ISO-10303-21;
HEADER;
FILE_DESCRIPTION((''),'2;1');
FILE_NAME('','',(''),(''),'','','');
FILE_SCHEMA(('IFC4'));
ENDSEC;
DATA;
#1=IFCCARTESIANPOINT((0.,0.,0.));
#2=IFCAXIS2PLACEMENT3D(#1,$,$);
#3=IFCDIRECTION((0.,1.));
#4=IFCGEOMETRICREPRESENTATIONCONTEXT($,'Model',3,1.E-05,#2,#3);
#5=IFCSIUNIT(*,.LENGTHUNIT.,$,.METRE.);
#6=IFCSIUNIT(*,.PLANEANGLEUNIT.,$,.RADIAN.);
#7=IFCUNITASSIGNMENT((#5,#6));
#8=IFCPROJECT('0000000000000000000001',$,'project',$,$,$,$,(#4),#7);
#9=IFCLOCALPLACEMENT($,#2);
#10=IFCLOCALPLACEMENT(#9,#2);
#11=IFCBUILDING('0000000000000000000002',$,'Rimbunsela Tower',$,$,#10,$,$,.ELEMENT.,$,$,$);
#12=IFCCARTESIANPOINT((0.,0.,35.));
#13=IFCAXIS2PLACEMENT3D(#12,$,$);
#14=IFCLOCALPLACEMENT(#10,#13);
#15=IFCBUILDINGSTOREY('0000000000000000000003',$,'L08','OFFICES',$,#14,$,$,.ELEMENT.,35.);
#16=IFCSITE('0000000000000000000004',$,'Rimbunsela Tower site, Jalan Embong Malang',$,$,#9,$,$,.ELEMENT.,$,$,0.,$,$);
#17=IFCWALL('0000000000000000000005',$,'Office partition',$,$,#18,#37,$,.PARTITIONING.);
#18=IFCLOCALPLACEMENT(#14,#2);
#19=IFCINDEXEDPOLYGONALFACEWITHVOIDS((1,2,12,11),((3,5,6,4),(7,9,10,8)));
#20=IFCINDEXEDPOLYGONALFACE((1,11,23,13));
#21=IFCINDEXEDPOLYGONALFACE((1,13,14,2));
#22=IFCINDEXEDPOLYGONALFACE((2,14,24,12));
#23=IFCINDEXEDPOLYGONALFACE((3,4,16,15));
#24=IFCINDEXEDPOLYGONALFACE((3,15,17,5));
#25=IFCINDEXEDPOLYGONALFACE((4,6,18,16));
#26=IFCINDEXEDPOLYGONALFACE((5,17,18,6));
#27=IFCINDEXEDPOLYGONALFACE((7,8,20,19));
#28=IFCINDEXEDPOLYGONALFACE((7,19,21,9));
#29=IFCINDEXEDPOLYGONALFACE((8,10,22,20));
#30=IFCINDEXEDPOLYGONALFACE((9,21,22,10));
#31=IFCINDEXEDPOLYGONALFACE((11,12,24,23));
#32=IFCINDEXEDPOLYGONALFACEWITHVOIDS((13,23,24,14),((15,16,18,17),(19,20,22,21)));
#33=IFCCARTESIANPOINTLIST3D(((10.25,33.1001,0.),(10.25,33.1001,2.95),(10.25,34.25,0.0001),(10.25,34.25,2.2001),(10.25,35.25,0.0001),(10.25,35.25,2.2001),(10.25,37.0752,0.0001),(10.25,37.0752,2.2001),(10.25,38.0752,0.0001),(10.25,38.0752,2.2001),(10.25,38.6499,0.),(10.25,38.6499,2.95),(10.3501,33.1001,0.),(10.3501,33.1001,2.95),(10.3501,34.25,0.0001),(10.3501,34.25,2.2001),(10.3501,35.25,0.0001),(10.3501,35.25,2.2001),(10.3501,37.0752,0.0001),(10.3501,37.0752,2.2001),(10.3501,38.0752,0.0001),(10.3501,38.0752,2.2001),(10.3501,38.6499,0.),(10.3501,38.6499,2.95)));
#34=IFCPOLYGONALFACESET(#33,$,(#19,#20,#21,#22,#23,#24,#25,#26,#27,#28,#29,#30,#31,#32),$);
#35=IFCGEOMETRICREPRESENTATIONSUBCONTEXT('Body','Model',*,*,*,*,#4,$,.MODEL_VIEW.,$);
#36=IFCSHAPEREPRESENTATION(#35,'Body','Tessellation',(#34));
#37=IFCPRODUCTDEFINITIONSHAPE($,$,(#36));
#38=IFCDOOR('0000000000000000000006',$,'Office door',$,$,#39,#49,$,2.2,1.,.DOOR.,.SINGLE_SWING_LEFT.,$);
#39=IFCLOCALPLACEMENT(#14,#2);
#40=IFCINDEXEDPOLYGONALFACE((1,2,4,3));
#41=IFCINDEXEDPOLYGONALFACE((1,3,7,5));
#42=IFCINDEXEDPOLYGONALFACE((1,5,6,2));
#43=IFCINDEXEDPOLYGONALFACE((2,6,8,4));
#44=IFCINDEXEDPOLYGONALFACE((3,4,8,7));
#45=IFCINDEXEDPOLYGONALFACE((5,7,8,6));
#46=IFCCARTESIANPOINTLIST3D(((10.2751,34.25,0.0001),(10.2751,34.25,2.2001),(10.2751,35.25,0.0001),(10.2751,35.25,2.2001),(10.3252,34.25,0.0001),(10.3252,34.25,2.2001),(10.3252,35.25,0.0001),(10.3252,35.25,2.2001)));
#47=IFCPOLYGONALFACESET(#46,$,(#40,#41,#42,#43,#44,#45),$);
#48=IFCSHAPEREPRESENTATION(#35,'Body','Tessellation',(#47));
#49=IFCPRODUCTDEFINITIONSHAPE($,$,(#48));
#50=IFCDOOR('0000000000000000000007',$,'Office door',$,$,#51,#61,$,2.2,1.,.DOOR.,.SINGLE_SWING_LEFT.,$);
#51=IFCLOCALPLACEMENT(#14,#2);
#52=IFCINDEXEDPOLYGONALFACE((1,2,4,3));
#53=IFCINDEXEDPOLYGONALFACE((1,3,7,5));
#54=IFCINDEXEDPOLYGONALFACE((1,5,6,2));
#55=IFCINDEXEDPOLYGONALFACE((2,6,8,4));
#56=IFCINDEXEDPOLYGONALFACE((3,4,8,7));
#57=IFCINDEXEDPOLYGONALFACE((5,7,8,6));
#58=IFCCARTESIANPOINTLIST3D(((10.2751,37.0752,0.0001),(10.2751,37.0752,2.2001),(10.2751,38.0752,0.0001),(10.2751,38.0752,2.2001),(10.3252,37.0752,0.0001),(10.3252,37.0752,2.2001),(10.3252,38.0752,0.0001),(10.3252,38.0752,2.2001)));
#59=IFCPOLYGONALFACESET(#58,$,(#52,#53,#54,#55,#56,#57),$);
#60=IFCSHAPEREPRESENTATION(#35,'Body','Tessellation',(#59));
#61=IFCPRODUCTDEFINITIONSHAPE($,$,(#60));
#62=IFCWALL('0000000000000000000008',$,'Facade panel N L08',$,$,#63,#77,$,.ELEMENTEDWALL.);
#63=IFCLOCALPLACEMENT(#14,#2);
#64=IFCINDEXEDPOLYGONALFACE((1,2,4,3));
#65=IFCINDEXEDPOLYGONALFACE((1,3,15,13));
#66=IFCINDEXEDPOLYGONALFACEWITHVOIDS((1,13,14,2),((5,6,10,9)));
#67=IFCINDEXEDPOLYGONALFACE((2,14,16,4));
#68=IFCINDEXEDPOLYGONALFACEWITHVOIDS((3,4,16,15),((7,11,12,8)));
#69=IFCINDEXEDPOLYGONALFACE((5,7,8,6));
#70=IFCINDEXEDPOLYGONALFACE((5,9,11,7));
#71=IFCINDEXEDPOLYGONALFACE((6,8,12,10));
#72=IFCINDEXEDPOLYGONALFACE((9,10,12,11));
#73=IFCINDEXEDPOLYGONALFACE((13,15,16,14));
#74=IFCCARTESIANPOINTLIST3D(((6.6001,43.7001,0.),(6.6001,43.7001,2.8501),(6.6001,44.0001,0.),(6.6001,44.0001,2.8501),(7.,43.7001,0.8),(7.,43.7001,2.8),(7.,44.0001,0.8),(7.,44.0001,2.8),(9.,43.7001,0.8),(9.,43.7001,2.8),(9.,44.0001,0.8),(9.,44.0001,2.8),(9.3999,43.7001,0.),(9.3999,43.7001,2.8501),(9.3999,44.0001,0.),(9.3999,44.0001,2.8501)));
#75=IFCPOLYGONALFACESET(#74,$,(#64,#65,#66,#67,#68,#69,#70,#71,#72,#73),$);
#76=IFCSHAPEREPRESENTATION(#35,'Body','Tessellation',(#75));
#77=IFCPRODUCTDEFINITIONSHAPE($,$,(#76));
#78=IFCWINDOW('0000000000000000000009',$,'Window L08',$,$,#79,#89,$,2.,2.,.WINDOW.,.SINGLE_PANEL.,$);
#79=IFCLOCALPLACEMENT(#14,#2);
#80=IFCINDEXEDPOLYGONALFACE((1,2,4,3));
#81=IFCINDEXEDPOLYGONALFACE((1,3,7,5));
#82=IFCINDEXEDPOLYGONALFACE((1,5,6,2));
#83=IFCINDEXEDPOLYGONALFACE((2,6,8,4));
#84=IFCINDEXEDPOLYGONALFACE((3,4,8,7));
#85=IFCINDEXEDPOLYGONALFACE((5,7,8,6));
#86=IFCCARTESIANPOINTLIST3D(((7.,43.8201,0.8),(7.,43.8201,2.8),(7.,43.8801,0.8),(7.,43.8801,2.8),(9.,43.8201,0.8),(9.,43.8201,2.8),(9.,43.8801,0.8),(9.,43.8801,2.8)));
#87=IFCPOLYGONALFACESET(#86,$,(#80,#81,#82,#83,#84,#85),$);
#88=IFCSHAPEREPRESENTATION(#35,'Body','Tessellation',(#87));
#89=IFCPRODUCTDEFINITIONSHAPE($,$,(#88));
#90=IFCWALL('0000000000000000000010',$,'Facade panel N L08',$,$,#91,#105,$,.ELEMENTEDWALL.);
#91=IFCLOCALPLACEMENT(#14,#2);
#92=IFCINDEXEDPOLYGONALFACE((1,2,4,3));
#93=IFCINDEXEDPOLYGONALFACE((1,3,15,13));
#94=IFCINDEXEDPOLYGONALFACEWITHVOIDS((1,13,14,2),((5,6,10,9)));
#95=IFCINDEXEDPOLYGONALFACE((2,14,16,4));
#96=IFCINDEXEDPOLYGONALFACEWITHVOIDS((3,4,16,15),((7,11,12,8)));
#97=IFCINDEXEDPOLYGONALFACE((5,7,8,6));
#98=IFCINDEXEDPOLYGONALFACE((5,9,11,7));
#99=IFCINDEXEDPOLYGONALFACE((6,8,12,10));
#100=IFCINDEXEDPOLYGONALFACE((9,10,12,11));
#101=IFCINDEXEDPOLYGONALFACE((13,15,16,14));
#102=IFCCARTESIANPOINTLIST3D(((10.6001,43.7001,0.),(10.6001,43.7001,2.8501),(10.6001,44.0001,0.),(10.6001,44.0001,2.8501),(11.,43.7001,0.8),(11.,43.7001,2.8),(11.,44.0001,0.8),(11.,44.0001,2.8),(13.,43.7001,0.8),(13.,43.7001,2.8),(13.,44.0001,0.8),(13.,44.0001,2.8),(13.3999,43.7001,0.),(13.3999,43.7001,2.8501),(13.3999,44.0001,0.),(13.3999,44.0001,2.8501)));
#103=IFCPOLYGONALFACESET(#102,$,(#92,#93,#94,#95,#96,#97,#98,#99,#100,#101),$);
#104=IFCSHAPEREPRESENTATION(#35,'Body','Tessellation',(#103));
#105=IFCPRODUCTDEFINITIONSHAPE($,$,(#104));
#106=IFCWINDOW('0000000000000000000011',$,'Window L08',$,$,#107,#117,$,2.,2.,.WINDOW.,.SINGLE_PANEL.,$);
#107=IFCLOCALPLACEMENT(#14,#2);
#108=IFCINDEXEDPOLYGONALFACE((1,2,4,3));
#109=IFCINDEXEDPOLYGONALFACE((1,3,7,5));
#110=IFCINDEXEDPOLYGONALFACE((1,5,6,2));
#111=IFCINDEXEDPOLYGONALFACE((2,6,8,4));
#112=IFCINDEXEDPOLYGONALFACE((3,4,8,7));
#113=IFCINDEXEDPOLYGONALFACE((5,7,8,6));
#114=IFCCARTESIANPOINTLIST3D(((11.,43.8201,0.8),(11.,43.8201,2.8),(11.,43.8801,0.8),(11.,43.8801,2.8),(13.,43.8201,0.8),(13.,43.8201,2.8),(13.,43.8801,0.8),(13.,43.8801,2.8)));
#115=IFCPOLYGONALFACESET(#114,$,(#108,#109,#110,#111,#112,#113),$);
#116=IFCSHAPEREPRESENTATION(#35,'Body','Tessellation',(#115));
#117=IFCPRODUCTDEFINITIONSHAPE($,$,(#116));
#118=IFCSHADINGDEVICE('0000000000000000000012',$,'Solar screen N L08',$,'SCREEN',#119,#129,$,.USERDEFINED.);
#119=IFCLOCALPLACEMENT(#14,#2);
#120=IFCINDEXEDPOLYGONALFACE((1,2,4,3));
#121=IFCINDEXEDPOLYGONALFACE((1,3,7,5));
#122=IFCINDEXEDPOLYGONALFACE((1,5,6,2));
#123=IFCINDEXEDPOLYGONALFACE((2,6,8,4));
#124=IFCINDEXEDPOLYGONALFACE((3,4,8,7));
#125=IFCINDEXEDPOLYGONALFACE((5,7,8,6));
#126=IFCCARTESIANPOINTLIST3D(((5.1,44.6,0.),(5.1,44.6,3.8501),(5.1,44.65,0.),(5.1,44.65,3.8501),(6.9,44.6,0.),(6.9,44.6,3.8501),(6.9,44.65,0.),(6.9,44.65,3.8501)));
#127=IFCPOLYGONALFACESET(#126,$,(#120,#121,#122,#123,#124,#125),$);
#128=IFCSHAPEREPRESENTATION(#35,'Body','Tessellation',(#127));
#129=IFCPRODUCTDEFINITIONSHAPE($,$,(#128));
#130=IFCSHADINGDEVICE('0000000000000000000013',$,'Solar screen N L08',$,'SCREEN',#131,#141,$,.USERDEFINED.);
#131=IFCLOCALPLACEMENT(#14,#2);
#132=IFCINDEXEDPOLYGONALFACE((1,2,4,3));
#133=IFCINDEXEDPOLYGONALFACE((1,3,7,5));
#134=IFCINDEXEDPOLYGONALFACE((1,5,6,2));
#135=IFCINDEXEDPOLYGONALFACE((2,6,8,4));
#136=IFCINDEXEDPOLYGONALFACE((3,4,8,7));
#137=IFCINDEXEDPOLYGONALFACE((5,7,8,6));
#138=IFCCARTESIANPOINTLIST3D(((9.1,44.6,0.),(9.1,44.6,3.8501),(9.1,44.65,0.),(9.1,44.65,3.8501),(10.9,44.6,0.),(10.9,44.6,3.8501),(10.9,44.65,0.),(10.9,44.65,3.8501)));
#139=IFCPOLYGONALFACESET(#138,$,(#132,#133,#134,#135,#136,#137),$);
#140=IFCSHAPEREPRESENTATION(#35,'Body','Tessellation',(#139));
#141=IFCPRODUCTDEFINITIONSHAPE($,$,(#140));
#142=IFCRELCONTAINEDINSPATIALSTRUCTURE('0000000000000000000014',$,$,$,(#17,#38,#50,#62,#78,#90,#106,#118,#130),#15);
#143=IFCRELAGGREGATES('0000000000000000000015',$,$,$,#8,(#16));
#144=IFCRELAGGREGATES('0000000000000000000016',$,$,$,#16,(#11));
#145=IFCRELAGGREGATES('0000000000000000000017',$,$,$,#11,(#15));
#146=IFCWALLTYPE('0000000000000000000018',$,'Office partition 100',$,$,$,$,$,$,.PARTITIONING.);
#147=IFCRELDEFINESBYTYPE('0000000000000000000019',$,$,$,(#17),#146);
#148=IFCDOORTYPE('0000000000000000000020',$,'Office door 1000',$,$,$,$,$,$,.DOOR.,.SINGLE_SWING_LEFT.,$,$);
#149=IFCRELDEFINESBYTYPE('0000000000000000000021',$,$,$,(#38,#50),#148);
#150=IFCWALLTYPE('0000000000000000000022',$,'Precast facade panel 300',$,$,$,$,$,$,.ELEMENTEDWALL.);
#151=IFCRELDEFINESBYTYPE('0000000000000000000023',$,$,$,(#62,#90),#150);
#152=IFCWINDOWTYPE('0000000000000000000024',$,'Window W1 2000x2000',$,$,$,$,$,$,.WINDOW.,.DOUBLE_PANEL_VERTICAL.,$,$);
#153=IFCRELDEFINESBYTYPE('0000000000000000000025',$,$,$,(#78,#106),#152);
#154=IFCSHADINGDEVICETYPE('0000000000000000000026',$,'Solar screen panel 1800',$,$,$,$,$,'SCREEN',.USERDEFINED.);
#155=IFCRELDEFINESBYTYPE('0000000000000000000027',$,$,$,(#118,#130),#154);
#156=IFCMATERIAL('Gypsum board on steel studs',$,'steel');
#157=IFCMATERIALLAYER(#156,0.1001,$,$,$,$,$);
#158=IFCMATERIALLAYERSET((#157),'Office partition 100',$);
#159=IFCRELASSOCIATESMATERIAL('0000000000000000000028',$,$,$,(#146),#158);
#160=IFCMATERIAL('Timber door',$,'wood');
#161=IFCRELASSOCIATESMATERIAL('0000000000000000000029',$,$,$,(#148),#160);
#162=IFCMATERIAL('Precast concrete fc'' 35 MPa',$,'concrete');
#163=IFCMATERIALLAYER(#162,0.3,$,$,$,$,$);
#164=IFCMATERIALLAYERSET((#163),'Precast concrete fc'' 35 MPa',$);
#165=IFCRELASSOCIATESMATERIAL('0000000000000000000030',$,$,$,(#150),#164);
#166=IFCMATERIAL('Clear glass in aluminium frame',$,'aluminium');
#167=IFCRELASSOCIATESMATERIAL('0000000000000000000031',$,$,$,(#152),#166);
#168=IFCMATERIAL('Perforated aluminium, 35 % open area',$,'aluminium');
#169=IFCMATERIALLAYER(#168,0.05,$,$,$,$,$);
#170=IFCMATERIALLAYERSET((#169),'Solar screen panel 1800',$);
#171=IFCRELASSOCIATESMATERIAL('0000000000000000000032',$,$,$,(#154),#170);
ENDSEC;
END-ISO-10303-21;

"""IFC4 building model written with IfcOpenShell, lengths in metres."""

from ifc_helpers import new_model, si_unit, direction, frame, frame_2d, origin, origin_2d, place, context, subcontext, project, spatial, rectangle, extrude, material, layer, layer_set, type_object, element, fill, save


model = new_model("IFC4")

# Units and contexts
model_context = context("Model", 3, precision=1e-05, world=origin(), true_north=direction((0.0, 1.0)))
body_context = subcontext(model_context, "Body", "Model", "MODEL_VIEW")
ifc_project = project(units=[si_unit("LENGTHUNIT", "METRE"), si_unit("PLANEANGLEUNIT", "RADIAN")], contexts=[model_context])

# Site, building, storey
site_placement = place(None, origin())
site = spatial("IfcSite", under=ifc_project, at=site_placement, Name="Rimbunsela Tower site, Jalan Embong Malang", CompositionType="ELEMENT", RefElevation=0.0)
building_placement = place(site_placement, origin())
building = spatial("IfcBuilding", under=site, at=building_placement, Name="Rimbunsela Tower", CompositionType="ELEMENT")
storey_placement = place(building_placement, frame((0.0, 0.0, 35.0)))
storey = spatial("IfcBuildingStorey", under=building, at=storey_placement, Name="L08", Description="OFFICES", CompositionType="ELEMENT", Elevation=35.0)

# Shared definitions
ifc_material_1 = material(Name="Gypsum board on steel studs", Category="steel")
ifc_layer_1 = layer(ifc_material_1, 0.1001)
ifc_layer_set_1 = layer_set([ifc_layer_1], Name="Office partition 100")
wall_type_1 = type_object("IfcWallType", Name="Office partition 100", PredefinedType="PARTITIONING", material=ifc_layer_set_1)

# Wall, openings, doors
wall_1_placement = place(storey_placement, frame((10.3, 33.1001, 0.0), z_axis=(0.0, 0.0, 1.0), x_axis=(0.0, 1.0, 0.0)))
wall_1 = element("IfcWall", 1, at=wall_1_placement, inside=storey, type_object=wall_type_1, Name="Office partition", PredefinedType="PARTITIONING", context=body_context, shape_type="SweptSolid", body=[
    extrude(rectangle(XDim=5.5498, YDim=0.1001, at=frame_2d((2.7749, 0.0))), origin(), (0.0, 0.0, 1.0), 2.95),
])
opening_1_placement = place(wall_1_placement, frame((1.1499, 0.0, 0.0)))
opening_1 = element("IfcOpeningElement", 2, at=opening_1_placement, cuts=wall_1, PredefinedType="OPENING", context=body_context, shape_type="SweptSolid", body=[
    extrude(rectangle(XDim=1.0, YDim=2.2, at=frame_2d((0.5, 1.1001))), frame((0.0, 0.0601, 0.0), z_axis=(0.0, -1.0, 0.0), x_axis=(1.0, 0.0, 0.0)), (0.0, 0.0, 1.0), 0.1201),
])
opening_2_placement = place(wall_1_placement, frame((3.9751, 0.0, 0.0)))
opening_2 = element("IfcOpeningElement", 3, at=opening_2_placement, cuts=wall_1, PredefinedType="OPENING", context=body_context, shape_type="SweptSolid", body=[
    extrude(rectangle(XDim=1.0, YDim=2.2, at=frame_2d((0.5, 1.1001))), frame((0.0, 0.0601, 0.0), z_axis=(0.0, -1.0, 0.0), x_axis=(1.0, 0.0, 0.0)), (0.0, 0.0, 1.0), 0.1201),
])
ifc_material_2 = material(Name="Timber door", Category="wood")
door_type = type_object("IfcDoorType", Name="Office door 1000", OperationType="SINGLE_SWING_LEFT", PredefinedType="DOOR", material=ifc_material_2)
door_1_placement = place(opening_1_placement, origin())
door_1 = element("IfcDoor", 4, at=door_1_placement, inside=storey, type_object=door_type, Name="Office door", OperationType="SINGLE_SWING_LEFT", OverallHeight=2.2, OverallWidth=1.0, PredefinedType="DOOR", context=body_context, shape_type="SweptSolid", body=[
    extrude(rectangle(XDim=1.0, YDim=2.2, at=frame_2d((0.5, 1.1001))), frame((0.0, 0.0249, 0.0), z_axis=(0.0, -1.0, 0.0), x_axis=(1.0, 0.0, 0.0)), (0.0, 0.0, 1.0), 0.05),
])
fill(opening_1, door_1)
door_2_placement = place(opening_2_placement, origin())
door_2 = element("IfcDoor", 5, at=door_2_placement, inside=storey, type_object=door_type, Name="Office door", OperationType="SINGLE_SWING_LEFT", OverallHeight=2.2, OverallWidth=1.0, PredefinedType="DOOR", context=body_context, shape_type="SweptSolid", body=[
    extrude(rectangle(XDim=1.0, YDim=2.2, at=frame_2d((0.5, 1.1001))), frame((0.0, 0.0249, 0.0), z_axis=(0.0, -1.0, 0.0), x_axis=(1.0, 0.0, 0.0)), (0.0, 0.0, 1.0), 0.05),
])
fill(opening_2, door_2)

# Walls, openings, windows
ifc_material_3 = material(Name="Precast concrete fc' 35 MPa", Category="concrete")
ifc_layer_2 = layer(ifc_material_3, 0.3)
ifc_layer_set_2 = layer_set([ifc_layer_2], Name="Precast concrete fc' 35 MPa")
wall_type_2 = type_object("IfcWallType", Name="Precast facade panel 300", PredefinedType="ELEMENTEDWALL", material=ifc_layer_set_2)
wall_2_placement = place(storey_placement, frame((9.3999, 43.8501, 0.0), z_axis=(0.0, 0.0, 1.0), x_axis=(-1.0, 0.0, 0.0)))
wall_2 = element("IfcWall", 6, at=wall_2_placement, inside=storey, type_object=wall_type_2, Name="Facade panel N L08", PredefinedType="ELEMENTEDWALL", context=body_context, shape_type="SweptSolid", body=[
    extrude(rectangle(XDim=2.7998, YDim=0.3, at=frame_2d((1.3999, 0.0))), origin(), (0.0, 0.0, 1.0), 2.8501),
])
opening_3_placement = place(wall_2_placement, frame((0.3999, 0.0, 0.8)))
opening_3 = element("IfcOpeningElement", 7, at=opening_3_placement, cuts=wall_2, PredefinedType="OPENING", context=body_context, shape_type="SweptSolid", body=[
    extrude(rectangle(XDim=2.0, YDim=2.0, at=frame_2d((1.0, 1.0))), frame((0.0, 0.1599, 0.0), z_axis=(0.0, -1.0, 0.0), x_axis=(1.0, 0.0, 0.0)), (0.0, 0.0, 1.0), 0.3201),
])
ifc_material_4 = material(Name="Clear glass in aluminium frame", Category="aluminium")
window_type = type_object("IfcWindowType", Name="Window W1 2000x2000", PartitioningType="DOUBLE_PANEL_VERTICAL", PredefinedType="WINDOW", material=ifc_material_4)
window_1_placement = place(opening_3_placement, origin())
window_1 = element("IfcWindow", 8, at=window_1_placement, inside=storey, type_object=window_type, Name="Window L08", OverallHeight=2.0, OverallWidth=2.0, PartitioningType="SINGLE_PANEL", PredefinedType="WINDOW", context=body_context, shape_type="SweptSolid", body=[
    extrude(rectangle(XDim=2.0, YDim=2.0, at=frame_2d((1.0, 1.0))), frame((0.0, 0.03, 0.0), z_axis=(0.0, -1.0, 0.0), x_axis=(1.0, 0.0, 0.0)), (0.0, 0.0, 1.0), 0.0601),
])
fill(opening_3, window_1)
wall_3_placement = place(storey_placement, frame((13.3999, 43.8501, 0.0), z_axis=(0.0, 0.0, 1.0), x_axis=(-1.0, 0.0, 0.0)))
wall_3 = element("IfcWall", 9, at=wall_3_placement, inside=storey, type_object=wall_type_2, Name="Facade panel N L08", PredefinedType="ELEMENTEDWALL", context=body_context, shape_type="SweptSolid", body=[
    extrude(rectangle(XDim=2.7998, YDim=0.3, at=frame_2d((1.3999, 0.0))), origin(), (0.0, 0.0, 1.0), 2.8501),
])
opening_4_placement = place(wall_3_placement, frame((0.3999, 0.0, 0.8)))
opening_4 = element("IfcOpeningElement", 10, at=opening_4_placement, cuts=wall_3, PredefinedType="OPENING", context=body_context, shape_type="SweptSolid", body=[
    extrude(rectangle(XDim=2.0, YDim=2.0, at=frame_2d((1.0, 1.0))), frame((0.0, 0.1599, 0.0), z_axis=(0.0, -1.0, 0.0), x_axis=(1.0, 0.0, 0.0)), (0.0, 0.0, 1.0), 0.3201),
])
window_2_placement = place(opening_4_placement, origin())
window_2 = element("IfcWindow", 11, at=window_2_placement, inside=storey, type_object=window_type, Name="Window L08", OverallHeight=2.0, OverallWidth=2.0, PartitioningType="SINGLE_PANEL", PredefinedType="WINDOW", context=body_context, shape_type="SweptSolid", body=[
    extrude(rectangle(XDim=2.0, YDim=2.0, at=frame_2d((1.0, 1.0))), frame((0.0, 0.03, 0.0), z_axis=(0.0, -1.0, 0.0), x_axis=(1.0, 0.0, 0.0)), (0.0, 0.0, 1.0), 0.0601),
])
fill(opening_4, window_2)

# Shading devices
ifc_material_5 = material(Name="Perforated aluminium, 35 % open area", Category="aluminium")
ifc_layer_3 = layer(ifc_material_5, 0.05)
ifc_layer_set_3 = layer_set([ifc_layer_3], Name="Solar screen panel 1800")
shading_device_type = type_object("IfcShadingDeviceType", Name="Solar screen panel 1800", ElementType="SCREEN", PredefinedType="USERDEFINED", material=ifc_layer_set_3)
for number, where, z_axis, x_axis, name in (
    (12, (6.0, 44.625, 0.0), (0.0, 0.0, 1.0), (1.0, 0.0, 0.0), "Solar screen N L08"),
    (13, (10.0, 44.625, 0.0), (0.0, 0.0, 1.0), (1.0, 0.0, 0.0), "Solar screen N L08"),
):
    element("IfcShadingDevice", number, at=place(storey_placement, frame(where, z_axis=z_axis, x_axis=x_axis)), inside=storey, type_object=shading_device_type, Name=name, ObjectType="SCREEN", PredefinedType="USERDEFINED", context=body_context, shape_type="SweptSolid", body=[
        extrude(rectangle(XDim=1.8, YDim=0.05, at=origin_2d()), origin(), (0.0, 0.0, 1.0), 3.8501),
    ])

save(model, "model.ifc")
